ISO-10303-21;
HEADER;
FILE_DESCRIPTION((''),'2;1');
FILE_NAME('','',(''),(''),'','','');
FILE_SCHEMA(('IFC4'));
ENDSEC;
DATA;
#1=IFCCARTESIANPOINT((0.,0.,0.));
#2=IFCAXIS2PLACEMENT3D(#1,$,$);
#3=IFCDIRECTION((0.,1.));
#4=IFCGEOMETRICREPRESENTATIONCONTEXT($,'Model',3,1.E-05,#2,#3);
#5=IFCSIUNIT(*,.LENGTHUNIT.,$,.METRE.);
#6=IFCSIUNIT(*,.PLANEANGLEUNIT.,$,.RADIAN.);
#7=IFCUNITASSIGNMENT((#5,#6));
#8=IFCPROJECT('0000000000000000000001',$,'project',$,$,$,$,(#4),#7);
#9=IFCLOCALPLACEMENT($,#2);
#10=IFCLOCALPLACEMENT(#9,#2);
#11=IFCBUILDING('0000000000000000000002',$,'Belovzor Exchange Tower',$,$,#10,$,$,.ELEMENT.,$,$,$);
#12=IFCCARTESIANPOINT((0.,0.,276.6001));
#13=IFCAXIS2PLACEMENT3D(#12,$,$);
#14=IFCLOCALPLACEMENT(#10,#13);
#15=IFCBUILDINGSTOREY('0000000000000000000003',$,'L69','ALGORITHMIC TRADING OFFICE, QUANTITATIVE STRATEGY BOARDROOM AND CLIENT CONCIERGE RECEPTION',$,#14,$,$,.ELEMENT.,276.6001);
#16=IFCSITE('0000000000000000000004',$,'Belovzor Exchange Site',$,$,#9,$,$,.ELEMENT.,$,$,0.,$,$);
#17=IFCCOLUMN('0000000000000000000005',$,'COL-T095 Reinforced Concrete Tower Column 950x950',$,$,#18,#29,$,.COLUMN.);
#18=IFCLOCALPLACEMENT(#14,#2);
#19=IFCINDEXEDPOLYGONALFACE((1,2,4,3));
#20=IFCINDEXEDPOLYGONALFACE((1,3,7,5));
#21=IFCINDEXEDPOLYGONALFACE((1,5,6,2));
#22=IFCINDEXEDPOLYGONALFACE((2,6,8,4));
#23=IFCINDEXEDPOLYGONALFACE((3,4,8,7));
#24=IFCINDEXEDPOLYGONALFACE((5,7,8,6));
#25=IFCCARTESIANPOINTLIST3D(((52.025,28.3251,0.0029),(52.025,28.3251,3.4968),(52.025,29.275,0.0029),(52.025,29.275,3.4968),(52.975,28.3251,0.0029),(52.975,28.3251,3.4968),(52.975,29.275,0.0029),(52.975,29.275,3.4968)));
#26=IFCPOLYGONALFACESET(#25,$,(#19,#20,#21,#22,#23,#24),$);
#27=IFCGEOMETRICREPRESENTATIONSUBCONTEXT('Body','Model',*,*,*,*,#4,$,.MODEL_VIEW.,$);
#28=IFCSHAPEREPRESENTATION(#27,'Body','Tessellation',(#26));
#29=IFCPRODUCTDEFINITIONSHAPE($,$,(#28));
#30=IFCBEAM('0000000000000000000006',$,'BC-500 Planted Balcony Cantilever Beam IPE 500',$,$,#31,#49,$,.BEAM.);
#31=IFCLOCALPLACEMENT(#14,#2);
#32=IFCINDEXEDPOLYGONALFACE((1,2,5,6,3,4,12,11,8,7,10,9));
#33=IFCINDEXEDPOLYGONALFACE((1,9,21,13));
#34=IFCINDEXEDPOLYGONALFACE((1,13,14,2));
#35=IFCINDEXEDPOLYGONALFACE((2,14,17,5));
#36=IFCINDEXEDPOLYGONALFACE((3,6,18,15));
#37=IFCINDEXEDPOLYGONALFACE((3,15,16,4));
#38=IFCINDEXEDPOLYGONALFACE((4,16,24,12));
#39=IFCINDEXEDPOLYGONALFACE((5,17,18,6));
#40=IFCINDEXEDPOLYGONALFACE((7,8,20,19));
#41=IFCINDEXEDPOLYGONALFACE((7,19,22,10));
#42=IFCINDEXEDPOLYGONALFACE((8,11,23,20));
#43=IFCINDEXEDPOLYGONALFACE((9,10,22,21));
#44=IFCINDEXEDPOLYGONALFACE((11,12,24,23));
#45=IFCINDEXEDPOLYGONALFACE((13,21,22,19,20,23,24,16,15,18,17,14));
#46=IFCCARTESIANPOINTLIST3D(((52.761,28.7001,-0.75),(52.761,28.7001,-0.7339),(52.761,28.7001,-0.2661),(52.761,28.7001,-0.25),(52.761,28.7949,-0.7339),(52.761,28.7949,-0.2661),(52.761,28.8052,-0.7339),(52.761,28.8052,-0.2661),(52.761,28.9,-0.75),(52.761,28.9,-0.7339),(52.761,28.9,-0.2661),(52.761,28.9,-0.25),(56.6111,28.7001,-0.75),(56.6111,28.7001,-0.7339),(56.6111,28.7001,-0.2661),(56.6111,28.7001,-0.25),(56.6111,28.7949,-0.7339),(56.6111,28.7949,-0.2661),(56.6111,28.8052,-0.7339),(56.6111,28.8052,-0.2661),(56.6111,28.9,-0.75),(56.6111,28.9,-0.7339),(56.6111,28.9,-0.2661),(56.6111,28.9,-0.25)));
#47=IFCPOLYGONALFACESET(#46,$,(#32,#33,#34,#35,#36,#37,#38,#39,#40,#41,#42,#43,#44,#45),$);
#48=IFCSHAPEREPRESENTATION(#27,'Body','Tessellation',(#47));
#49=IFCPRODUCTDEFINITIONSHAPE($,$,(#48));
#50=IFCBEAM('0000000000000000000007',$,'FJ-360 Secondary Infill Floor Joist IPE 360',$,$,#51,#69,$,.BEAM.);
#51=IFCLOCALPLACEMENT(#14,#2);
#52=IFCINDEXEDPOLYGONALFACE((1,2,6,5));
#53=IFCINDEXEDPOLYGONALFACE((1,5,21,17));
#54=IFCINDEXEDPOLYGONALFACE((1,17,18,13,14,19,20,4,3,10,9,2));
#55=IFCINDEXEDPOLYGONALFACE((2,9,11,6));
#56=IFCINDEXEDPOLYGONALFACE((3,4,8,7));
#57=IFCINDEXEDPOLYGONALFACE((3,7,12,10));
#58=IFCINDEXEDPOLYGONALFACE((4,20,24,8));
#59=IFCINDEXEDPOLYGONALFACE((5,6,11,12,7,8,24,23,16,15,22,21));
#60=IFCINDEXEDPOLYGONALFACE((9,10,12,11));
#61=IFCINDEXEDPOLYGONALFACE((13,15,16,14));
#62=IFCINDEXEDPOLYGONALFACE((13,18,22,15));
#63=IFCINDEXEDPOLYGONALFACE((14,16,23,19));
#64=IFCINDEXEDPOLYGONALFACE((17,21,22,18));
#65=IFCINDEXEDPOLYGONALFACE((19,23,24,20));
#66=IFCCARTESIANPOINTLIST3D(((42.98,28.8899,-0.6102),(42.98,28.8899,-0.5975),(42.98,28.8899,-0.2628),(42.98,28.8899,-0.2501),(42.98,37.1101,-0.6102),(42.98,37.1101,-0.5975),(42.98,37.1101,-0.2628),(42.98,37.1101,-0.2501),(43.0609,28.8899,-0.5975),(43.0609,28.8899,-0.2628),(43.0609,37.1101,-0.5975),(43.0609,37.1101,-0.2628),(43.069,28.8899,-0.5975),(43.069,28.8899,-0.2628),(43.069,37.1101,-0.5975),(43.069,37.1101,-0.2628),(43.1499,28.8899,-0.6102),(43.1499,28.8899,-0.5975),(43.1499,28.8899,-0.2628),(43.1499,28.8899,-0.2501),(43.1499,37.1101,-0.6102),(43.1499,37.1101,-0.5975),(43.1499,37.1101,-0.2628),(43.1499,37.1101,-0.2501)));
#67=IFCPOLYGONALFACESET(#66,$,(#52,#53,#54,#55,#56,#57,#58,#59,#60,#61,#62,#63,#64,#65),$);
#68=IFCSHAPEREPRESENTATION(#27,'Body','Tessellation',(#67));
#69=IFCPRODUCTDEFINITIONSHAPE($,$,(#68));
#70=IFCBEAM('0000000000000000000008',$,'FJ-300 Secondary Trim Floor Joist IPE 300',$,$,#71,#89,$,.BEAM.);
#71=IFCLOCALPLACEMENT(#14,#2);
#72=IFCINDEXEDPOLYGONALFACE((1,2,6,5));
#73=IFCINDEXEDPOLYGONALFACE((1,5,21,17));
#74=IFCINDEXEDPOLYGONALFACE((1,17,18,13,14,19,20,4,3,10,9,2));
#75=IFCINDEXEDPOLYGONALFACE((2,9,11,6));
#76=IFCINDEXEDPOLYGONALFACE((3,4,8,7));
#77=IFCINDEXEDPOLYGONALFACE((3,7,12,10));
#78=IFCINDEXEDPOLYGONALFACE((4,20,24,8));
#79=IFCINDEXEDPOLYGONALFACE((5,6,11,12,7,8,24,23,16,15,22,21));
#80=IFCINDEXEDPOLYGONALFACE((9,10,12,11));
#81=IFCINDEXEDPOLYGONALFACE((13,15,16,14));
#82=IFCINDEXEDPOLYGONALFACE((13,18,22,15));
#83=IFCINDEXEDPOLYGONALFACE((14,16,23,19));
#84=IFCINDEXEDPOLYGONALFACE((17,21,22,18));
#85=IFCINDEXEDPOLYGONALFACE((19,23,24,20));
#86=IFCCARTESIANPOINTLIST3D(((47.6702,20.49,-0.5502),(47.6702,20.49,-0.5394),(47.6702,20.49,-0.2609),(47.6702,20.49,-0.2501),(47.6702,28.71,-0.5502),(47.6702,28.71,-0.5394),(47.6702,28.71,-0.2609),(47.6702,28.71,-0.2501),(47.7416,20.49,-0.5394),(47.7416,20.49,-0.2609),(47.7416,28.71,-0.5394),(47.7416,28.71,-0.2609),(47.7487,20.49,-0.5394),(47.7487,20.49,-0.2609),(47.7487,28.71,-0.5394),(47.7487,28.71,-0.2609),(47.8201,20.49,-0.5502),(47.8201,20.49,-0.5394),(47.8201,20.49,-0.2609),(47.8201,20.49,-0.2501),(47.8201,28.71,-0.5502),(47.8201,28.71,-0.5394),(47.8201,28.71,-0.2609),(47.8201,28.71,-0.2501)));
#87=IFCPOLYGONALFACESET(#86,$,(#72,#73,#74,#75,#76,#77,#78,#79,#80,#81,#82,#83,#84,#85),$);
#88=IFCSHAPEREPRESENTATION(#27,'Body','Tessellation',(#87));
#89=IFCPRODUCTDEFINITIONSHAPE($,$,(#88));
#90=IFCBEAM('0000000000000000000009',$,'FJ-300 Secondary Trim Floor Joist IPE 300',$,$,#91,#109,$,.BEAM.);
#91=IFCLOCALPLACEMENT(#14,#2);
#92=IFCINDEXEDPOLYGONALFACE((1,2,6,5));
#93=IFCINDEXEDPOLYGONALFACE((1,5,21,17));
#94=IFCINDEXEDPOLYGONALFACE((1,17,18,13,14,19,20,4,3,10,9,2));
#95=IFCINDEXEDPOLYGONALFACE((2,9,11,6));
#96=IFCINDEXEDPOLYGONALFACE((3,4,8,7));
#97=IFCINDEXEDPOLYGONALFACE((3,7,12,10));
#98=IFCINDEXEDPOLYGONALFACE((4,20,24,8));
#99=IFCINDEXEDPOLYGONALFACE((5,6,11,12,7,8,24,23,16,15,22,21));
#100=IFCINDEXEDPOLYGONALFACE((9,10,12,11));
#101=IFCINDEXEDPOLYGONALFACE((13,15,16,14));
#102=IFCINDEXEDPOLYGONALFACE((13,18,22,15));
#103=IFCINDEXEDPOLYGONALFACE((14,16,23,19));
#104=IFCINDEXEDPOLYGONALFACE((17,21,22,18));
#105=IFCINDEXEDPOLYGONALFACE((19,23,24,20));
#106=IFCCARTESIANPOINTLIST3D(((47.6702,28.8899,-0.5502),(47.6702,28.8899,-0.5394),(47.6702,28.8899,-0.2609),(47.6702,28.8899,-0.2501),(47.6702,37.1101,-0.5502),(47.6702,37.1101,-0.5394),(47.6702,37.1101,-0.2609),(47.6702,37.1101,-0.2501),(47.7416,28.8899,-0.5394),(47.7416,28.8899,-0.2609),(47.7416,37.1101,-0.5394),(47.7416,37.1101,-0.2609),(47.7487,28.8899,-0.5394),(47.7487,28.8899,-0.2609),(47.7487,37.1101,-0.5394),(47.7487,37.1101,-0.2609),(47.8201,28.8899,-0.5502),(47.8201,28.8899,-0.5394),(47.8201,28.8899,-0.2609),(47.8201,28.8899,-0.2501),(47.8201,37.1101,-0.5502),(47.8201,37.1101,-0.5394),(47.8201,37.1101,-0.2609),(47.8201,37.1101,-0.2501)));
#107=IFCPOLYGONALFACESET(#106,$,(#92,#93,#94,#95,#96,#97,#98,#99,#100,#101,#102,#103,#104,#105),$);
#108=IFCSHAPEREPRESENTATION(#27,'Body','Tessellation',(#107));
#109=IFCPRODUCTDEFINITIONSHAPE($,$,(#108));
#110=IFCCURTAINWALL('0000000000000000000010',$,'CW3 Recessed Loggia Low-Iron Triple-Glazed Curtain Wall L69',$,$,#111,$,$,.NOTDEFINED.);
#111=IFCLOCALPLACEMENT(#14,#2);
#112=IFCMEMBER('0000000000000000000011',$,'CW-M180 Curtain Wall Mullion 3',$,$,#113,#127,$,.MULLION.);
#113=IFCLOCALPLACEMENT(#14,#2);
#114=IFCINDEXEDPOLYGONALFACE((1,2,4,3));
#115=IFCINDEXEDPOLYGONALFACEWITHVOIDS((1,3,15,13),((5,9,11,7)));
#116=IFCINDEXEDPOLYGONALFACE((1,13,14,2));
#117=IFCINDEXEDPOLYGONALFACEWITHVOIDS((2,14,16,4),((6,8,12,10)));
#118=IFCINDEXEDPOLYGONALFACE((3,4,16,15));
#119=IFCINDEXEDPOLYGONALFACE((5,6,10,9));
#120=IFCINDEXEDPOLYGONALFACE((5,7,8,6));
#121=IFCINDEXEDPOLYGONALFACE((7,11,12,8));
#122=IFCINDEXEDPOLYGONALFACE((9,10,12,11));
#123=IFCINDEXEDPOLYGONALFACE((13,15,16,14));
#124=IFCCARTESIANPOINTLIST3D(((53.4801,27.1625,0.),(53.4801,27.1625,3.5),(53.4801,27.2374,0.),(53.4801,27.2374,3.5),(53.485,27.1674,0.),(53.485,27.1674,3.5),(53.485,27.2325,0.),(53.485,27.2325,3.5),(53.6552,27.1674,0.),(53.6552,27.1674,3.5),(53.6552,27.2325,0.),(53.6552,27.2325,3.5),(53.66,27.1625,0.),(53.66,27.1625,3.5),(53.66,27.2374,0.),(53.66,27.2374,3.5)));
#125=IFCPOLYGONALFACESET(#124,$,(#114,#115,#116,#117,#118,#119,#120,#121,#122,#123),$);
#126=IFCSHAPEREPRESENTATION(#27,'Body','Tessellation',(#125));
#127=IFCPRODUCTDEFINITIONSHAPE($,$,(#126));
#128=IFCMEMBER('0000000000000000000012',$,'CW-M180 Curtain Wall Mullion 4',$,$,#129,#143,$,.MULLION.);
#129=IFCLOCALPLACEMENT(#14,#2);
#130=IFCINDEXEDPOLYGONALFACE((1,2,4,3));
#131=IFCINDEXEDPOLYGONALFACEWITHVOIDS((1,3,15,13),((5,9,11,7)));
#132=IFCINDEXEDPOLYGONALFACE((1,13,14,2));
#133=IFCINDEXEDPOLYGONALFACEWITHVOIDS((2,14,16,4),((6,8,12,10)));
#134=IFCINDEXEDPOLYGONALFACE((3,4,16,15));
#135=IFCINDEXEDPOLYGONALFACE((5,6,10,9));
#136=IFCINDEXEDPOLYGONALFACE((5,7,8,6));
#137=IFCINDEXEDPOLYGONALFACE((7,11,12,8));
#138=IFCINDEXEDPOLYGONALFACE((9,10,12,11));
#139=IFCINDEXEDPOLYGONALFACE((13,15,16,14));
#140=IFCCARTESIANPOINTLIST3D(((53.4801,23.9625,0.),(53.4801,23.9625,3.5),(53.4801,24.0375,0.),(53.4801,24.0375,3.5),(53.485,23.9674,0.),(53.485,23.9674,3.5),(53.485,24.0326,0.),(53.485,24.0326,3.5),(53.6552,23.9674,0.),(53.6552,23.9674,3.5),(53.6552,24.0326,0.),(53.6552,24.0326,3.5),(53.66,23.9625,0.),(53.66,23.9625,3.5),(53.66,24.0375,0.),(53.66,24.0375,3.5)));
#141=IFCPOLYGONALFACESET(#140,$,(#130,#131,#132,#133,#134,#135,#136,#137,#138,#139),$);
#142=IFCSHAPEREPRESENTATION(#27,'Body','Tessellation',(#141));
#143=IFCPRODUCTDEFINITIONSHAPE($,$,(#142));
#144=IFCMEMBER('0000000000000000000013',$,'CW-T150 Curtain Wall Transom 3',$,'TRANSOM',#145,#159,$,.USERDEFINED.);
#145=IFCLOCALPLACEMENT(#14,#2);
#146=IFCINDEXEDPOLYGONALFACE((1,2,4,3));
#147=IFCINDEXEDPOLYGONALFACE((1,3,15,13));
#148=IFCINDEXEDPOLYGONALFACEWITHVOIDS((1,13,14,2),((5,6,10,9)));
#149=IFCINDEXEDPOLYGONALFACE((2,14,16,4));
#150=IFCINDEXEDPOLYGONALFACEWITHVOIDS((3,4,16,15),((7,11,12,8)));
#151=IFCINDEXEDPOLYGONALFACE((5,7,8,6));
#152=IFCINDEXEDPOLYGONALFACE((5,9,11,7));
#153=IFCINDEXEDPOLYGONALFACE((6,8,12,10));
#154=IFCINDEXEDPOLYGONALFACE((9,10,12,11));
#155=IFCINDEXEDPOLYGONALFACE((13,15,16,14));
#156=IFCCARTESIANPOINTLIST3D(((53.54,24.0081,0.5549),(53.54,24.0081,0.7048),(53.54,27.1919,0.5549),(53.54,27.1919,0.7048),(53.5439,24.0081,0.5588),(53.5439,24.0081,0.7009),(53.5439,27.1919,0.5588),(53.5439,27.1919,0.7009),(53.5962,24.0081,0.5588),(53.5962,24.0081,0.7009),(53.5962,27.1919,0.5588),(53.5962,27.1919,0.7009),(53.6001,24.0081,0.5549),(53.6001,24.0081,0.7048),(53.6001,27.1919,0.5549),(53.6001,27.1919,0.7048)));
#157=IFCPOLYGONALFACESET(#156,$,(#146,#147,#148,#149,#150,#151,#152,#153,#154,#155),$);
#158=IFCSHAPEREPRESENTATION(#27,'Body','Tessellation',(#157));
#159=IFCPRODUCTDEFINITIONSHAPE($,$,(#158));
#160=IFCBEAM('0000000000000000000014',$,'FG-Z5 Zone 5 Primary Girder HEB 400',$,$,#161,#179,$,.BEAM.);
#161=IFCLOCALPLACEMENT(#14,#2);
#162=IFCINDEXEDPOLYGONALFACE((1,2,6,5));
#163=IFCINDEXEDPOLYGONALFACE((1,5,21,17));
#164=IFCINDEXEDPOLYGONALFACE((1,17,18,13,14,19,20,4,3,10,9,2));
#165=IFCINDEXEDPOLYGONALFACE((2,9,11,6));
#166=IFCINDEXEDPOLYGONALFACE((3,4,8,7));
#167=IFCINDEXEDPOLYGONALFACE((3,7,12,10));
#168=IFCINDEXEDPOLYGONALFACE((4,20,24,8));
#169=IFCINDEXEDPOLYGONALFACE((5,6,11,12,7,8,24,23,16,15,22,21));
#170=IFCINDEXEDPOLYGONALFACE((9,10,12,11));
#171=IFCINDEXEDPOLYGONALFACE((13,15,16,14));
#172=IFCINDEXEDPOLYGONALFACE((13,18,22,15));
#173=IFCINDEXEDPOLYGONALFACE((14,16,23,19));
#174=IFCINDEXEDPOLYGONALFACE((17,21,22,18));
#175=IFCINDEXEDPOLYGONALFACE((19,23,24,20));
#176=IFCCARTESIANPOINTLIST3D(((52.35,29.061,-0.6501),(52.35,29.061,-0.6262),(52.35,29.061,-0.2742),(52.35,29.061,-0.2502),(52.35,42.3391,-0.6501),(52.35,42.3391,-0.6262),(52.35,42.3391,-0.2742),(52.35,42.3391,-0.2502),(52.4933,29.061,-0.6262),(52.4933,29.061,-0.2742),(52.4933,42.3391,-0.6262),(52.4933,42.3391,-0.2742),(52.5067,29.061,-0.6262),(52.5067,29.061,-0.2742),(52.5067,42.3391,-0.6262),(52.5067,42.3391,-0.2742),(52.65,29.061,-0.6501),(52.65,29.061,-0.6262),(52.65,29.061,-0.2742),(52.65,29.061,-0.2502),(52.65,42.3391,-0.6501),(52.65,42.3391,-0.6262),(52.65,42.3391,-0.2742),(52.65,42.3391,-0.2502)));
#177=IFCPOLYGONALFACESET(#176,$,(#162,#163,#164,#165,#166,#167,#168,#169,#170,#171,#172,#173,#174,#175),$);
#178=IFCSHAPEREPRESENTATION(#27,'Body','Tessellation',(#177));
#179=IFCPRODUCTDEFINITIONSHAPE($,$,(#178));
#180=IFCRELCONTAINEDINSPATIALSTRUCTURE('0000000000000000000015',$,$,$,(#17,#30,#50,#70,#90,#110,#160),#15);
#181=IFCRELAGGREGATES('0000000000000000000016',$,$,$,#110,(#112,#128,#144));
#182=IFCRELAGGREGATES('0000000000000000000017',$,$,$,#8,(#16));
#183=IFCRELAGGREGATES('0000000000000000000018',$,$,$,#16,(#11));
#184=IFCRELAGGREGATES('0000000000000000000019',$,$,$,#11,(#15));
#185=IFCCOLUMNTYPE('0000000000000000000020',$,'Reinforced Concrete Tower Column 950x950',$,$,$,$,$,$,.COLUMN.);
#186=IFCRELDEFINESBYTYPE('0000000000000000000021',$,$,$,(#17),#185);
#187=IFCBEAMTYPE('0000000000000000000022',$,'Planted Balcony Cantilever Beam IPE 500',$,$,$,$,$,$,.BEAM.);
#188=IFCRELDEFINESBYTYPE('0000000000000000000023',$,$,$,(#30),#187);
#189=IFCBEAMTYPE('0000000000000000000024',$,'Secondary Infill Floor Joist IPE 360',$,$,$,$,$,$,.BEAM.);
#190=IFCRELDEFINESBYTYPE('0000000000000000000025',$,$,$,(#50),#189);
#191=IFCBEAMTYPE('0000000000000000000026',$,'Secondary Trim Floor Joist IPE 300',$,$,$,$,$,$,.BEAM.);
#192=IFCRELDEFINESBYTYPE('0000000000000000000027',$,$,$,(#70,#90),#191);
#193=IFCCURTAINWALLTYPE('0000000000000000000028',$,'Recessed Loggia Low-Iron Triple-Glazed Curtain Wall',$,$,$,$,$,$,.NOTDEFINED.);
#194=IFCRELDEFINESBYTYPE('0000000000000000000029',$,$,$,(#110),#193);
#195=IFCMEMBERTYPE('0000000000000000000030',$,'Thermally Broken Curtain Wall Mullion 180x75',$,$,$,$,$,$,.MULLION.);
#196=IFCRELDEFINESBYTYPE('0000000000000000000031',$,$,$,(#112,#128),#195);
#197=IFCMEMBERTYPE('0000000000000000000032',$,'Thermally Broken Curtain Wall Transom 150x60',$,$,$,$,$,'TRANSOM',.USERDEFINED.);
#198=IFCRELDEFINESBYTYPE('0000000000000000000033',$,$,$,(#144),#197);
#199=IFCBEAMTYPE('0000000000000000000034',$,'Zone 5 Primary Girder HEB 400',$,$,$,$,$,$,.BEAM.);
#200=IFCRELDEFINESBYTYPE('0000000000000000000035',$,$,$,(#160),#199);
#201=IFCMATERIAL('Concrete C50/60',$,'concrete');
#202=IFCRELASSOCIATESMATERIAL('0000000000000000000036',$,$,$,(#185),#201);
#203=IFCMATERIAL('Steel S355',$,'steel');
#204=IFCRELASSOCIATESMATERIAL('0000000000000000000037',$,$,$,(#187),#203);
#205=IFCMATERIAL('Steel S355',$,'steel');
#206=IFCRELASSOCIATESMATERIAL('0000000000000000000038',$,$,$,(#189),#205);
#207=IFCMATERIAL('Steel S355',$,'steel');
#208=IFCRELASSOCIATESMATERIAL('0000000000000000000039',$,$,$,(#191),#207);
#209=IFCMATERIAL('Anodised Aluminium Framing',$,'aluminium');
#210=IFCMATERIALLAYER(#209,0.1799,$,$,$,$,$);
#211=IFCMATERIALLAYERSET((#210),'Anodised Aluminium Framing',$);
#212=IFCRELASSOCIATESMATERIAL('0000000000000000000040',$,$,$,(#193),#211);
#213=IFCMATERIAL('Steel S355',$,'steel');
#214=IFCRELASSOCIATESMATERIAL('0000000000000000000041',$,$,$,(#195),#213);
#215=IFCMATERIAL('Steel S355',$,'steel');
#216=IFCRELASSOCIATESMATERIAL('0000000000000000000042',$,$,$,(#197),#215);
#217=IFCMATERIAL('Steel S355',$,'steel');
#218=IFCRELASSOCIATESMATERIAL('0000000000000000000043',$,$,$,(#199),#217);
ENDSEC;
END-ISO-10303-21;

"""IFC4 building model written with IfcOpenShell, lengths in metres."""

from ifc_helpers import new_model, si_unit, direction, frame, origin, origin_2d, place, context, subcontext, project, spatial, rectangle, hollow_rectangle, i_section, extrude, material, layer, layer_set, material_profile, profile_set, type_object, element, aggregate, save


model = new_model("IFC4")

# Units and contexts
model_context = context("Model", 3, precision=1e-05, world=origin(), true_north=direction((0.0, 1.0)))
body_context = subcontext(model_context, "Body", "Model", "MODEL_VIEW")
ifc_project = project(units=[si_unit("LENGTHUNIT", "METRE"), si_unit("PLANEANGLEUNIT", "RADIAN")], contexts=[model_context])

# Site, building, storey
site_placement = place(None, origin())
site = spatial("IfcSite", under=ifc_project, at=site_placement, Name="Belovzor Exchange Site", CompositionType="ELEMENT", RefElevation=0.0)
building_placement = place(site_placement, origin())
building = spatial("IfcBuilding", under=site, at=building_placement, Name="Belovzor Exchange Tower", CompositionType="ELEMENT")
storey_placement = place(building_placement, frame((0.0, 0.0, 276.6001)))
storey = spatial("IfcBuildingStorey", under=building, at=storey_placement, Name="L69", Description="ALGORITHMIC TRADING OFFICE, QUANTITATIVE STRATEGY BOARDROOM AND CLIENT CONCIERGE RECEPTION", CompositionType="ELEMENT", Elevation=276.6001)

# Column
ifc_material_1 = material(Name="Concrete C50/60", Category="concrete")
ifc_material_profile_1 = material_profile(ifc_material_1, rectangle(XDim=0.95, YDim=0.95, at=origin_2d()))
ifc_profile_set_1 = profile_set([ifc_material_profile_1], Name="Concrete C50/60")
column_type = type_object("IfcColumnType", Name="Reinforced Concrete Tower Column 950x950", PredefinedType="COLUMN", material=ifc_profile_set_1)
column_placement = place(storey_placement, frame((52.5, 28.8, 0.0029), z_axis=(0.0, 0.0, 1.0), x_axis=(1.0, 0.0, 0.0)))
element("IfcColumn", 1, at=column_placement, inside=storey, type_object=column_type, Name="COL-T095 Reinforced Concrete Tower Column 950x950", PredefinedType="COLUMN", context=body_context, shape_type="SweptSolid", body=[
    extrude(rectangle(XDim=0.95, YDim=0.95, at=origin_2d()), origin(), (0.0, 0.0, 1.0), 3.4939),
])

# Beams
ifc_material_2 = material(Name="Steel S355", Category="steel")
ifc_material_profile_2 = material_profile(ifc_material_2, i_section(OverallWidth=0.2, OverallDepth=0.5, WebThickness=0.0103, FlangeThickness=0.0161, at=origin_2d()))
ifc_profile_set_2 = profile_set([ifc_material_profile_2], Name="Steel S355")
beam_type_1 = type_object("IfcBeamType", Name="Planted Balcony Cantilever Beam IPE 500", PredefinedType="BEAM", material=ifc_profile_set_2)
beam_1_placement = place(storey_placement, frame((52.761, 28.8, -0.5), z_axis=(1.0, 0.0, 0.0), x_axis=(0.0, 1.0, 0.0)))
element("IfcBeam", 2, at=beam_1_placement, inside=storey, type_object=beam_type_1, Name="BC-500 Planted Balcony Cantilever Beam IPE 500", PredefinedType="BEAM", context=body_context, shape_type="SweptSolid", body=[
    extrude(i_section(OverallWidth=0.2, OverallDepth=0.5, WebThickness=0.0103, FlangeThickness=0.0161, at=origin_2d()), origin(), (0.0, 0.0, 1.0), 3.8501),
])
ifc_material_3 = material(Name="Steel S355", Category="steel")
ifc_material_profile_3 = material_profile(ifc_material_3, i_section(OverallWidth=0.1699, OverallDepth=0.3601, WebThickness=0.0081, FlangeThickness=0.0127, at=origin_2d()))
ifc_profile_set_3 = profile_set([ifc_material_profile_3], Name="Steel S355")
beam_type_2 = type_object("IfcBeamType", Name="Secondary Infill Floor Joist IPE 360", PredefinedType="BEAM", material=ifc_profile_set_3)
beam_2_placement = place(storey_placement, frame((43.0649, 28.8899, -0.4302), z_axis=(0.0, 1.0, 0.0), x_axis=(-1.0, 0.0, 0.0)))
element("IfcBeam", 3, at=beam_2_placement, inside=storey, type_object=beam_type_2, Name="FJ-360 Secondary Infill Floor Joist IPE 360", PredefinedType="BEAM", context=body_context, shape_type="SweptSolid", body=[
    extrude(i_section(OverallWidth=0.1699, OverallDepth=0.3601, WebThickness=0.0081, FlangeThickness=0.0127, at=origin_2d()), origin(), (0.0, 0.0, 1.0), 8.2202),
])
ifc_material_4 = material(Name="Steel S355", Category="steel")
ifc_material_profile_4 = material_profile(ifc_material_4, i_section(OverallWidth=0.1499, OverallDepth=0.3, WebThickness=0.0071, FlangeThickness=0.0107, at=origin_2d()))
ifc_profile_set_4 = profile_set([ifc_material_profile_4], Name="Steel S355")
beam_type_3 = type_object("IfcBeamType", Name="Secondary Trim Floor Joist IPE 300", PredefinedType="BEAM", material=ifc_profile_set_4)
beam_3_placement = place(storey_placement, frame((47.7451, 20.49, -0.4001), z_axis=(0.0, 1.0, 0.0), x_axis=(-1.0, 0.0, 0.0)))
element("IfcBeam", 4, at=beam_3_placement, inside=storey, type_object=beam_type_3, Name="FJ-300 Secondary Trim Floor Joist IPE 300", PredefinedType="BEAM", context=body_context, shape_type="SweptSolid", body=[
    extrude(i_section(OverallWidth=0.1499, OverallDepth=0.3, WebThickness=0.0071, FlangeThickness=0.0107, at=origin_2d()), origin(), (0.0, 0.0, 1.0), 8.22),
])
beam_4_placement = place(storey_placement, frame((47.7451, 28.8899, -0.4001), z_axis=(0.0, 1.0, 0.0), x_axis=(-1.0, 0.0, 0.0)))
element("IfcBeam", 5, at=beam_4_placement, inside=storey, type_object=beam_type_3, Name="FJ-300 Secondary Trim Floor Joist IPE 300", PredefinedType="BEAM", context=body_context, shape_type="SweptSolid", body=[
    extrude(i_section(OverallWidth=0.1499, OverallDepth=0.3, WebThickness=0.0071, FlangeThickness=0.0107, at=origin_2d()), origin(), (0.0, 0.0, 1.0), 8.2202),
])

# Curtain wall, members
ifc_material_5 = material(Name="Anodised Aluminium Framing", Category="aluminium")
ifc_layer_1 = layer(ifc_material_5, 0.1799)
ifc_layer_set_1 = layer_set([ifc_layer_1], Name="Anodised Aluminium Framing")
curtain_wall_type = type_object("IfcCurtainWallType", Name="Recessed Loggia Low-Iron Triple-Glazed Curtain Wall", PredefinedType="NOTDEFINED", material=ifc_layer_set_1)
curtain_wall_placement = place(storey_placement, origin())
curtain_wall = element("IfcCurtainWall", 6, at=curtain_wall_placement, inside=storey, type_object=curtain_wall_type, Name="CW3 Recessed Loggia Low-Iron Triple-Glazed Curtain Wall L69", PredefinedType="NOTDEFINED")
ifc_material_6 = material(Name="Steel S355", Category="steel")
ifc_material_profile_5 = material_profile(ifc_material_6, hollow_rectangle(XDim=0.075, YDim=0.1799, WallThickness=0.0049, at=origin_2d()))
ifc_profile_set_5 = profile_set([ifc_material_profile_5], Name="Steel S355")
member_type_1 = type_object("IfcMemberType", Name="Thermally Broken Curtain Wall Mullion 180x75", PredefinedType="MULLION", material=ifc_profile_set_5)
member_1_placement = place(storey_placement, frame((53.5701, 27.2, 0.0), z_axis=(0.0, 0.0, 1.0), x_axis=(0.0, -1.0, 0.0)))
member_1 = element("IfcMember", 7, at=member_1_placement, type_object=member_type_1, Name="CW-M180 Curtain Wall Mullion 3", PredefinedType="MULLION", context=body_context, shape_type="SweptSolid", body=[
    extrude(hollow_rectangle(XDim=0.075, YDim=0.1799, WallThickness=0.0049, at=origin_2d()), origin(), (0.0, 0.0, 1.0), 3.5),
])
member_2_placement = place(storey_placement, frame((53.5701, 24.0, 0.0), z_axis=(0.0, 0.0, 1.0), x_axis=(0.0, -1.0, 0.0)))
member_2 = element("IfcMember", 8, at=member_2_placement, type_object=member_type_1, Name="CW-M180 Curtain Wall Mullion 4", PredefinedType="MULLION", context=body_context, shape_type="SweptSolid", body=[
    extrude(hollow_rectangle(XDim=0.075, YDim=0.1799, WallThickness=0.0049, at=origin_2d()), origin(), (0.0, 0.0, 1.0), 3.5),
])
ifc_material_7 = material(Name="Steel S355", Category="steel")
ifc_material_profile_6 = material_profile(ifc_material_7, hollow_rectangle(XDim=0.0601, YDim=0.1499, WallThickness=0.0039, at=origin_2d()))
ifc_profile_set_6 = profile_set([ifc_material_profile_6], Name="Steel S355")
member_type_2 = type_object("IfcMemberType", Name="Thermally Broken Curtain Wall Transom 150x60", ElementType="TRANSOM", PredefinedType="USERDEFINED", material=ifc_profile_set_6)
member_3_placement = place(storey_placement, frame((53.5701, 27.1919, 0.6299), z_axis=(0.0, -1.0, 0.0), x_axis=(1.0, 0.0, 0.0)))
member_3 = element("IfcMember", 9, at=member_3_placement, type_object=member_type_2, Name="CW-T150 Curtain Wall Transom 3", ObjectType="TRANSOM", PredefinedType="USERDEFINED", context=body_context, shape_type="SweptSolid", body=[
    extrude(hollow_rectangle(XDim=0.0601, YDim=0.1499, WallThickness=0.0039, at=origin_2d()), origin(), (0.0, 0.0, 1.0), 3.1838),
])

# Beam
ifc_material_8 = material(Name="Steel S355", Category="steel")
ifc_material_profile_7 = material_profile(ifc_material_8, i_section(OverallWidth=0.3, OverallDepth=0.3999, WebThickness=0.0134, FlangeThickness=0.0239, at=origin_2d()))
ifc_profile_set_7 = profile_set([ifc_material_profile_7], Name="Steel S355")
beam_type_4 = type_object("IfcBeamType", Name="Zone 5 Primary Girder HEB 400", PredefinedType="BEAM", material=ifc_profile_set_7)
beam_5_placement = place(storey_placement, frame((52.5, 29.061, -0.4502), z_axis=(0.0, 1.0, 0.0), x_axis=(-1.0, 0.0, 0.0)))
element("IfcBeam", 10, at=beam_5_placement, inside=storey, type_object=beam_type_4, Name="FG-Z5 Zone 5 Primary Girder HEB 400", PredefinedType="BEAM", context=body_context, shape_type="SweptSolid", body=[
    extrude(i_section(OverallWidth=0.3, OverallDepth=0.3999, WebThickness=0.0134, FlangeThickness=0.0239, at=origin_2d()), origin(), (0.0, 0.0, 1.0), 13.2781),
])

aggregate(curtain_wall, [member_1, member_2, member_3])

save(model, "model.ifc")
